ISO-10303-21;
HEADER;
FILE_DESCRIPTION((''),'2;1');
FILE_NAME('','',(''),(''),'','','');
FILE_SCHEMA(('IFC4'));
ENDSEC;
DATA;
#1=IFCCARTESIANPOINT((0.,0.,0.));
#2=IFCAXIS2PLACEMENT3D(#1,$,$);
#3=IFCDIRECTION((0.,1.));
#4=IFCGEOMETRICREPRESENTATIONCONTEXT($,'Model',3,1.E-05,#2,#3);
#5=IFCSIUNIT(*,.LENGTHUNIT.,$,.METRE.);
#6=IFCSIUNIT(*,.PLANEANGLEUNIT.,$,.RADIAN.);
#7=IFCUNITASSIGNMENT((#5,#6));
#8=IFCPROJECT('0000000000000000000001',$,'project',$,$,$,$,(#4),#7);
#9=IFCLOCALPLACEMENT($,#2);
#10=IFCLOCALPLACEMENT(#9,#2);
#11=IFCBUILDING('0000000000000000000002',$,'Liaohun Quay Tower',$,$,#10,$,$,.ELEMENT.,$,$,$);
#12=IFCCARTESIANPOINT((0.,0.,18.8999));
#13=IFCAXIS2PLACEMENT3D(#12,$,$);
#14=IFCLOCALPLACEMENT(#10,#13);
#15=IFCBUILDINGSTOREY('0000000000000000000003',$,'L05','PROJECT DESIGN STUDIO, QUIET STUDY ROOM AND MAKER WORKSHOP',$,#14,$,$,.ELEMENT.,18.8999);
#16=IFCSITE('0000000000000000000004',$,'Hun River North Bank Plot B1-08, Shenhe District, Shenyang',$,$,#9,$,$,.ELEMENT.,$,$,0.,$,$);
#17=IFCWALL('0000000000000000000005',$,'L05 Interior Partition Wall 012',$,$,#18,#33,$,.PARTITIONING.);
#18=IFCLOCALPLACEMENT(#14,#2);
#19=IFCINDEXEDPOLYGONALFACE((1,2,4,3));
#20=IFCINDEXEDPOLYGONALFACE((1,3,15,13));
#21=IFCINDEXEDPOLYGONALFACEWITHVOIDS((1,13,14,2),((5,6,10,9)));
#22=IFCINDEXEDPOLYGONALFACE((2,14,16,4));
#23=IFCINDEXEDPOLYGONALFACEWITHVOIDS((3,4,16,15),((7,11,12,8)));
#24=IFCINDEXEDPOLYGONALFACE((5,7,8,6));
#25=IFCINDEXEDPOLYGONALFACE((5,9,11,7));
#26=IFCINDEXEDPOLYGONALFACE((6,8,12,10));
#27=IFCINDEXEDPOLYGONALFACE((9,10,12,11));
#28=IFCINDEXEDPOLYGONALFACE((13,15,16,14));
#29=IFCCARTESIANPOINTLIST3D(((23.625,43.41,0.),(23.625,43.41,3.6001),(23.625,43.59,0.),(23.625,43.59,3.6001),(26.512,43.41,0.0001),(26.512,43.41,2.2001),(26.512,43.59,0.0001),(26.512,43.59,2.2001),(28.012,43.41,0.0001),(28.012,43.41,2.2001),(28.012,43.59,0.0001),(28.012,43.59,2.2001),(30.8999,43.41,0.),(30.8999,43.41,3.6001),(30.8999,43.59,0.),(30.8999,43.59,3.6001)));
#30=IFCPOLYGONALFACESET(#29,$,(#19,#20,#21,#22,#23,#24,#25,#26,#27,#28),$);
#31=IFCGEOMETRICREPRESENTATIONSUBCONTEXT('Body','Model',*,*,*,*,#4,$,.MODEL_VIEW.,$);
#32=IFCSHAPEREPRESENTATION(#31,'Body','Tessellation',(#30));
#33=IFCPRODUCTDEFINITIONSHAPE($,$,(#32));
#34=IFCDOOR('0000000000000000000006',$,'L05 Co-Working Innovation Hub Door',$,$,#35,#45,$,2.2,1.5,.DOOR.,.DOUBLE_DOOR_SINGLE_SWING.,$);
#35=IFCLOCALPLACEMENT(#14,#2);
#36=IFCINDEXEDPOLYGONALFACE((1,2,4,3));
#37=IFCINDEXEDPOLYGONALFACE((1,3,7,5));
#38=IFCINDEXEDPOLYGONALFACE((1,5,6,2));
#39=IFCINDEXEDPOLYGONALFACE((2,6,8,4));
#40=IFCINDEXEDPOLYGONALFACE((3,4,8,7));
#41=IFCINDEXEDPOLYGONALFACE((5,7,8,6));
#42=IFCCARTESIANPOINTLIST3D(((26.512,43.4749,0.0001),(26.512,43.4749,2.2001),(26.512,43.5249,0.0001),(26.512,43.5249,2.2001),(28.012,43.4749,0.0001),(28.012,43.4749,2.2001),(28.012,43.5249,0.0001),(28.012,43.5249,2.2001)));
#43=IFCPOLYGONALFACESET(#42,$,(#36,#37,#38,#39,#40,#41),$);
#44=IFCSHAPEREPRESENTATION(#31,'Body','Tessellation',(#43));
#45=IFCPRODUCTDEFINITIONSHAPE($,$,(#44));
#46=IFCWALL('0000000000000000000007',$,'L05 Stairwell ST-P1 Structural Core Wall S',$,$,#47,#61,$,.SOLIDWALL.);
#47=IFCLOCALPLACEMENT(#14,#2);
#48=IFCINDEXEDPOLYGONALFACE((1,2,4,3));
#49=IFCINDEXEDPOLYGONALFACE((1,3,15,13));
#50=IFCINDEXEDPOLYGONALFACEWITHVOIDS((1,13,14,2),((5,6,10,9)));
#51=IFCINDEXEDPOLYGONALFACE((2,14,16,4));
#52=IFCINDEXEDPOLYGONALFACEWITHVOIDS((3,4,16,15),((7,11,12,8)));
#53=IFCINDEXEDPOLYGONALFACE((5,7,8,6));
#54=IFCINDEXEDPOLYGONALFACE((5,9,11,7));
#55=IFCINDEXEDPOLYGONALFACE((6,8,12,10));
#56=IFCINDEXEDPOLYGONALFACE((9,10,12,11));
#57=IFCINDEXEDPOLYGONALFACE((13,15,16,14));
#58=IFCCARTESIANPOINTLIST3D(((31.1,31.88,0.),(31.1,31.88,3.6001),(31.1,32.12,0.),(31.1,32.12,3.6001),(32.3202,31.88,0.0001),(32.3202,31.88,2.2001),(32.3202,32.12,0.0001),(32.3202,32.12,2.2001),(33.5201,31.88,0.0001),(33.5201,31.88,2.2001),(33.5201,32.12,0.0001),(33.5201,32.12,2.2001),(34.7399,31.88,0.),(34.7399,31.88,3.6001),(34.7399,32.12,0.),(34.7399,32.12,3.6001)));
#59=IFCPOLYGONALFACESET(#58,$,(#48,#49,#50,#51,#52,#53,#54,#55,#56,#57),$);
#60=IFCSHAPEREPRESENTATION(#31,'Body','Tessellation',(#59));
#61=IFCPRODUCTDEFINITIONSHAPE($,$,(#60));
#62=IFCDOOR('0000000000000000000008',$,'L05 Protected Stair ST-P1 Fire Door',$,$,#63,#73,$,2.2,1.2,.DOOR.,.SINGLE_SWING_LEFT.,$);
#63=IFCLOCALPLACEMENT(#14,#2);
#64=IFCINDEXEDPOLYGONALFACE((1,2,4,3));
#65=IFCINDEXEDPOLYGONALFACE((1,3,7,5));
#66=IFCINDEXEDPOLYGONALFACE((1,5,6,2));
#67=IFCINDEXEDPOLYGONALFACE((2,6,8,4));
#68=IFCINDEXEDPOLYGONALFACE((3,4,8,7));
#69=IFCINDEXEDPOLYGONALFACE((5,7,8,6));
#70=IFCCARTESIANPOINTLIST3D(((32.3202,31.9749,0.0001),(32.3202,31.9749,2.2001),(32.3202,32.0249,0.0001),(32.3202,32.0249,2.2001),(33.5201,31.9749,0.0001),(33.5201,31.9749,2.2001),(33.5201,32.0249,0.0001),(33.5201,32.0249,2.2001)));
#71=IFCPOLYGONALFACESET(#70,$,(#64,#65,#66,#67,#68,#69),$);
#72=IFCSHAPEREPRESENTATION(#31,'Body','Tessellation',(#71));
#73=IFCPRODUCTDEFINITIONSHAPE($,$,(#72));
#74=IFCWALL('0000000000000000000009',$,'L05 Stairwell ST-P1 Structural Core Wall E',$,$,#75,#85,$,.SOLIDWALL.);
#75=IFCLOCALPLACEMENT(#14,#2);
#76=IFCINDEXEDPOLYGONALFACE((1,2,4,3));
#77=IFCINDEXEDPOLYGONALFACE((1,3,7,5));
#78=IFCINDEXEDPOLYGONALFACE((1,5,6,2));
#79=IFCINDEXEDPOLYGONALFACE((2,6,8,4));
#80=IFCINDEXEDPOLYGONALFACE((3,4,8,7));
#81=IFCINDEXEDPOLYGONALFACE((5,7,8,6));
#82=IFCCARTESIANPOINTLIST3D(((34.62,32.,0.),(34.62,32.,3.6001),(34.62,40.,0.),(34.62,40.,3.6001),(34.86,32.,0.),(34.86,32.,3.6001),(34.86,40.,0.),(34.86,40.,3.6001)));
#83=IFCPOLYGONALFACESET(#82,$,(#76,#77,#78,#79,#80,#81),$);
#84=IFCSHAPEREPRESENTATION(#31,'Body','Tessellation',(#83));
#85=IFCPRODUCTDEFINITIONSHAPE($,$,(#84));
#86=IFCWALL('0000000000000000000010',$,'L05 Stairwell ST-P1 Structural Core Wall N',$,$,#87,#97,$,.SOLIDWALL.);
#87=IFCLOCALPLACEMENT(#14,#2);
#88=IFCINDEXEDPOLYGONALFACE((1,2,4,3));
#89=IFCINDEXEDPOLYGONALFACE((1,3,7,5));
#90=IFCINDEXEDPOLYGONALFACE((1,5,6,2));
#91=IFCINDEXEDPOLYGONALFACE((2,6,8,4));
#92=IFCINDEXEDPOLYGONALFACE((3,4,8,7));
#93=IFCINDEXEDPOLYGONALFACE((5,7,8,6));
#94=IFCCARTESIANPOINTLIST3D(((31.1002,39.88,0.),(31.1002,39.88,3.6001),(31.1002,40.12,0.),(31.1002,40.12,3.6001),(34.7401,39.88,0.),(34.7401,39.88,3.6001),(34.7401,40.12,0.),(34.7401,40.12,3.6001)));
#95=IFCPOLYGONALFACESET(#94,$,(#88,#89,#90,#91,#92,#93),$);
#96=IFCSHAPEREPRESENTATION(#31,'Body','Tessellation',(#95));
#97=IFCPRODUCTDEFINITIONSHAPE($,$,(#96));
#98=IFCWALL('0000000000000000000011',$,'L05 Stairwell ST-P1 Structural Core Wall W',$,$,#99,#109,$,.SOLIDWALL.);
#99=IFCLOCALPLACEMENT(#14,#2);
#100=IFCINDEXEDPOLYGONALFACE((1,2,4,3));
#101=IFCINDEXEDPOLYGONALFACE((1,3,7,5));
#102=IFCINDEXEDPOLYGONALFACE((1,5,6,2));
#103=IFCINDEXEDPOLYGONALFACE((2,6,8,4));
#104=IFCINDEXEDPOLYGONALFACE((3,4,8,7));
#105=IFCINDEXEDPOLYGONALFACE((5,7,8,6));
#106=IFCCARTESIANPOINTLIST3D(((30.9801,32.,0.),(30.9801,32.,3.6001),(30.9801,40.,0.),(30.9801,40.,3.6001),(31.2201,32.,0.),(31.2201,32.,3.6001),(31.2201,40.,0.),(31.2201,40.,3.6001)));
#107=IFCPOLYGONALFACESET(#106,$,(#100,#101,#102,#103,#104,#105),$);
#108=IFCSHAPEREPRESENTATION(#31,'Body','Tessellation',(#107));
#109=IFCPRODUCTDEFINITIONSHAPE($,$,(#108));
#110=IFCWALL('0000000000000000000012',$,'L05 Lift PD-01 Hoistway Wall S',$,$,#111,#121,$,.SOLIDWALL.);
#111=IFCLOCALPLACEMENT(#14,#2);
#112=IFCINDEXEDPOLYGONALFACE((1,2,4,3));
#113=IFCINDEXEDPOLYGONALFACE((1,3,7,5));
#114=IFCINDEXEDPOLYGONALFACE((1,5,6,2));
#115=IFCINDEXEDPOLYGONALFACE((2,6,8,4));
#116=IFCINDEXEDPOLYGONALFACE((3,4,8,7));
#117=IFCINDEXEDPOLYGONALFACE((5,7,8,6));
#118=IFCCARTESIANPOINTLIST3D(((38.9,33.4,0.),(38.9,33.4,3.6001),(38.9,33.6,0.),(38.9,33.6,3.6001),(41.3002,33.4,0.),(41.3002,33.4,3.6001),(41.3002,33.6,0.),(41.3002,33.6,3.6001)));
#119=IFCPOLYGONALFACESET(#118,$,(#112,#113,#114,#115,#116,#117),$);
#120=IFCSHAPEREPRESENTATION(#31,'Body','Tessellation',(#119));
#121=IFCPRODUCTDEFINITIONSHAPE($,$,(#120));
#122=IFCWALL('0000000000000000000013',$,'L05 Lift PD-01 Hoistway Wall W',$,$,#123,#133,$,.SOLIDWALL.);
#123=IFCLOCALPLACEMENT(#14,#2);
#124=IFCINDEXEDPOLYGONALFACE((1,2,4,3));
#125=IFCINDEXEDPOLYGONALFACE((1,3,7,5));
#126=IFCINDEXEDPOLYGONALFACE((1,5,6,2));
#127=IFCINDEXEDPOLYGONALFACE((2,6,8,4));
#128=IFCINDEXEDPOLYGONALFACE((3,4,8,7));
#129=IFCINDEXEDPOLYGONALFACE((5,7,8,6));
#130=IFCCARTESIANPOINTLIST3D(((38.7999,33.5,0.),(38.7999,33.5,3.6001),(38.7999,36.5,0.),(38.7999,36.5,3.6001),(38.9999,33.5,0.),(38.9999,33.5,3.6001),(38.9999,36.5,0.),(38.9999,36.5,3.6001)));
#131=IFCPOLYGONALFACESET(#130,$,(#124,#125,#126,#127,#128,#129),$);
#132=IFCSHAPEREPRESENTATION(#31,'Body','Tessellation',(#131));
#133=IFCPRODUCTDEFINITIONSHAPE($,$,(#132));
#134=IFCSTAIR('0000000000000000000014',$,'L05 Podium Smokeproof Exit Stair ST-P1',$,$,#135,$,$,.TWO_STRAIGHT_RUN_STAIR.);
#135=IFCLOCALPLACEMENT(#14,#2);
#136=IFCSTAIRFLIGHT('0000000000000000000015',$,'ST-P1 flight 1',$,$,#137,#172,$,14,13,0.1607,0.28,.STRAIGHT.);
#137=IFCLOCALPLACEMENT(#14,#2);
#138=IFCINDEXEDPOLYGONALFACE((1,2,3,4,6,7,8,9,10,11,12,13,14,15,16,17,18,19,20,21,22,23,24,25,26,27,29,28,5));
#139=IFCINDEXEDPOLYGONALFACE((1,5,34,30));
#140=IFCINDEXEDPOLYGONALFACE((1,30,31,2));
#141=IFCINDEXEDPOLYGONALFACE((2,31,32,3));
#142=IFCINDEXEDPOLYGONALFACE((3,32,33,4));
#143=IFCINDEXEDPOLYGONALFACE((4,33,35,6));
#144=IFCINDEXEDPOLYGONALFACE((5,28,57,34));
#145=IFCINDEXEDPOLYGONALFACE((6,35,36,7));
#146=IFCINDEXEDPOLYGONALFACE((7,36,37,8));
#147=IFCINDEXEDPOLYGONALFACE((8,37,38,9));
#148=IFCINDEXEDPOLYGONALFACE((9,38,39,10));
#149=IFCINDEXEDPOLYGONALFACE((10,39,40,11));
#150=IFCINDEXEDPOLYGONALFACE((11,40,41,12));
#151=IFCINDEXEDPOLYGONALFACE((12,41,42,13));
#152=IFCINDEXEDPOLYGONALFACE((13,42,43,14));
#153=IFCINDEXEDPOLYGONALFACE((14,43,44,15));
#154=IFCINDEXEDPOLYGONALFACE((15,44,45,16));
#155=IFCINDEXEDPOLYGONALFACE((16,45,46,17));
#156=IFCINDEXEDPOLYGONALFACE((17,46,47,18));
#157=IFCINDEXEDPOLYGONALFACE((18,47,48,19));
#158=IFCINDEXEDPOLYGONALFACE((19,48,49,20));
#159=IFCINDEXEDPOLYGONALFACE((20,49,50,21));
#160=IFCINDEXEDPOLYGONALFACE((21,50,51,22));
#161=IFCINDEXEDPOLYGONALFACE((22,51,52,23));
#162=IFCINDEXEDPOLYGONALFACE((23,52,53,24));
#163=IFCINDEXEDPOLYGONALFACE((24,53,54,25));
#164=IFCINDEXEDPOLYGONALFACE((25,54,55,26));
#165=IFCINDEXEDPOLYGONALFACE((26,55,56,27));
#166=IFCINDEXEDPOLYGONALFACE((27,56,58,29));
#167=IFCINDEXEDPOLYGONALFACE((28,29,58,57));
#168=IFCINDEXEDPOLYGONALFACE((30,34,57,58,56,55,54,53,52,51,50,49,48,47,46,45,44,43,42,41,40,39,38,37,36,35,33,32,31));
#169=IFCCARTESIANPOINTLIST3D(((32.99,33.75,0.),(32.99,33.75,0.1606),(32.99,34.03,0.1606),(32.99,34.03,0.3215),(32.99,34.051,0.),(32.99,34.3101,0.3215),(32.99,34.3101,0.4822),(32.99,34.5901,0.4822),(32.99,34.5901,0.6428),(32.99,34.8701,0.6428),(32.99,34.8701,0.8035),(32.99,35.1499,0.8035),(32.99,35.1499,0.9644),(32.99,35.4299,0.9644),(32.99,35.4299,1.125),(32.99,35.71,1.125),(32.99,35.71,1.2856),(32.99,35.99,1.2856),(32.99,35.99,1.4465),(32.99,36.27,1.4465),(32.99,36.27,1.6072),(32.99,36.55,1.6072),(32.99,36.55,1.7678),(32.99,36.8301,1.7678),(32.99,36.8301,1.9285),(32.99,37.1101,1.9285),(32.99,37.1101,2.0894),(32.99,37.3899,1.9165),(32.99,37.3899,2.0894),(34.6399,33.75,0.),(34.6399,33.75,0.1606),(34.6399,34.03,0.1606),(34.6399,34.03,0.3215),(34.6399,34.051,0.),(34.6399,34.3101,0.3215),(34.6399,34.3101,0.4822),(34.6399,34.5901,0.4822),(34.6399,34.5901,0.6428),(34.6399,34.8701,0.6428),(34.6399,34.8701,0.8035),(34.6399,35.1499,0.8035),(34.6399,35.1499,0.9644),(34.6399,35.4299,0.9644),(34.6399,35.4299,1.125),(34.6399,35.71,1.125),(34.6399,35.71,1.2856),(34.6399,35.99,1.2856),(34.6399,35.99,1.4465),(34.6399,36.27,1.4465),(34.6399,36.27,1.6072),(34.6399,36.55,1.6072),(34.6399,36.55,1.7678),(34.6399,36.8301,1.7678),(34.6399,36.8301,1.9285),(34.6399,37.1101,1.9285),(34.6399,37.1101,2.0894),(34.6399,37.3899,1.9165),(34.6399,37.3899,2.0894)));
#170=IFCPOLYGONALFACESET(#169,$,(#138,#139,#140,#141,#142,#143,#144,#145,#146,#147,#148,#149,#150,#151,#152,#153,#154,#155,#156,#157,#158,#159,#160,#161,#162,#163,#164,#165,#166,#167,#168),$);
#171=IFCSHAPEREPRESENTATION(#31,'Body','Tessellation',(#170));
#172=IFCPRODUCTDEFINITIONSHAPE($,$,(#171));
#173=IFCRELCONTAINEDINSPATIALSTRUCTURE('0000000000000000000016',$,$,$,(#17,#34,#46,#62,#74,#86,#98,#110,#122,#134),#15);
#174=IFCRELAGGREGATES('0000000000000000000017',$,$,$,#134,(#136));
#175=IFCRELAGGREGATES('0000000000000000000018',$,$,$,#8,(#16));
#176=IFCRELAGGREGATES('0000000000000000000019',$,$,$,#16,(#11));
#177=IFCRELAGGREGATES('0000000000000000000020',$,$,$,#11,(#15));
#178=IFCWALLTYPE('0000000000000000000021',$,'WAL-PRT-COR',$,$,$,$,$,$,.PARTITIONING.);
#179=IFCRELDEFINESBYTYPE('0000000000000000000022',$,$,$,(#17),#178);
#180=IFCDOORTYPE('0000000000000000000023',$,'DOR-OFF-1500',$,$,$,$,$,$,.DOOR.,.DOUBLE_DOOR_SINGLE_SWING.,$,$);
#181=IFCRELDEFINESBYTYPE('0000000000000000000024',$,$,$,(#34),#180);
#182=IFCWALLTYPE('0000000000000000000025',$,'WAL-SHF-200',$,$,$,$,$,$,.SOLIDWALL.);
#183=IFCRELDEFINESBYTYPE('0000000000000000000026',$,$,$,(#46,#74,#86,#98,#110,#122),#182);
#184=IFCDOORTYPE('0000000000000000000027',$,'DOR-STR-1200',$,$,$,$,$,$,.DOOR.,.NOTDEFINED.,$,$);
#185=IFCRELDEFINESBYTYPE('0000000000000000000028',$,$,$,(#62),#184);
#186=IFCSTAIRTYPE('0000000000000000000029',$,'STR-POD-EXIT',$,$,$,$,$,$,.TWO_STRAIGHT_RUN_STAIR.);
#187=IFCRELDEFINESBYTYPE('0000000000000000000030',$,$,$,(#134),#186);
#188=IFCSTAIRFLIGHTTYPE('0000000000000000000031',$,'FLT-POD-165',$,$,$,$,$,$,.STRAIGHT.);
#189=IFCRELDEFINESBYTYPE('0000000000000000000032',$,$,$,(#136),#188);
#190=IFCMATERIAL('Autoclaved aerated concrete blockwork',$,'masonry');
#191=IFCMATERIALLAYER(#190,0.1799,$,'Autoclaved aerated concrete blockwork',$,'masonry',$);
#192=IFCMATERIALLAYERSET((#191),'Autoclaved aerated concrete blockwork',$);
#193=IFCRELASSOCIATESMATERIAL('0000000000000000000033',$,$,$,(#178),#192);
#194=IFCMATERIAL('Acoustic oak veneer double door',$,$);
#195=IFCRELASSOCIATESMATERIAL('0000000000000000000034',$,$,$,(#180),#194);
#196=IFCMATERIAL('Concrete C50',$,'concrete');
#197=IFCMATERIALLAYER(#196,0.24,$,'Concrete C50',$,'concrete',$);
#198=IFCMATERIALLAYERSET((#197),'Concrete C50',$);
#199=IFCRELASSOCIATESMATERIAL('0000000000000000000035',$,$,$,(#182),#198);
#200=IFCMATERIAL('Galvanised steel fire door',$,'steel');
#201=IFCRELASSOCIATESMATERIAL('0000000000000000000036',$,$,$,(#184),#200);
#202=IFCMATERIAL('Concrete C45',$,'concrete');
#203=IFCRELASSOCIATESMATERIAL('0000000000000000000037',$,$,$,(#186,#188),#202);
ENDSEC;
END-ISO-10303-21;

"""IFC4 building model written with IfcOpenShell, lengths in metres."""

from ifc_helpers import new_model, si_unit, direction, frame, frame_2d, origin, place, context, subcontext, project, spatial, polyline, rectangle, outline, extrude, source, transform, mapped, material, layer, layer_set, type_object, element, fill, aggregate, save


model = new_model("IFC4")

# Units and contexts
model_context = context("Model", 3, precision=1e-05, world=origin(), true_north=direction((0.0, 1.0)))
body_context = subcontext(model_context, "Body", "Model", "MODEL_VIEW")
ifc_project = project(units=[si_unit("LENGTHUNIT", "METRE"), si_unit("PLANEANGLEUNIT", "RADIAN")], contexts=[model_context])

# Site, building, storey
site_placement = place(None, origin())
site = spatial("IfcSite", under=ifc_project, at=site_placement, Name="Hun River North Bank Plot B1-08, Shenhe District, Shenyang", CompositionType="ELEMENT", RefElevation=0.0)
building_placement = place(site_placement, origin())
building = spatial("IfcBuilding", under=site, at=building_placement, Name="Liaohun Quay Tower", CompositionType="ELEMENT")
storey_placement = place(building_placement, frame((0.0, 0.0, 18.8999)))
storey = spatial("IfcBuildingStorey", under=building, at=storey_placement, Name="L05", Description="PROJECT DESIGN STUDIO, QUIET STUDY ROOM AND MAKER WORKSHOP", CompositionType="ELEMENT", Elevation=18.8999)

# Walls, openings, doors
ifc_material_1 = material(Name="Autoclaved aerated concrete blockwork", Category="masonry")
ifc_layer_1 = layer(ifc_material_1, 0.1799, Name="Autoclaved aerated concrete blockwork", Category="masonry")
ifc_layer_set_1 = layer_set([ifc_layer_1], Name="Autoclaved aerated concrete blockwork")
wall_type_1 = type_object("IfcWallType", Name="WAL-PRT-COR", PredefinedType="PARTITIONING", material=ifc_layer_set_1)
wall_1_placement = place(storey_placement, frame((23.625, 43.5, 0.0), z_axis=(0.0, 0.0, 1.0), x_axis=(1.0, 0.0, 0.0)))
wall_1 = element("IfcWall", 1, at=wall_1_placement, inside=storey, type_object=wall_type_1, Name="L05 Interior Partition Wall 012", PredefinedType="PARTITIONING", context=body_context, shape_type="SweptSolid", body=[
    extrude(rectangle(XDim=7.2749, YDim=0.1799, at=frame_2d((3.6375, 0.0))), origin(), (0.0, 0.0, 1.0), 3.6001),
])
shared_shape_1 = source(origin(), body_context, "Body", "SweptSolid", [
    extrude(rectangle(XDim=1.5, YDim=2.2, at=frame_2d((0.75, 1.1001))), frame((0.0, 0.0999, 0.0), z_axis=(0.0, -1.0, 0.0), x_axis=(1.0, 0.0, 0.0)), (0.0, 0.0, 1.0), 0.2),
])
opening_1_placement = place(wall_1_placement, frame((2.887, 0.0, 0.0)))
opening_1 = element("IfcOpeningElement", 2, at=opening_1_placement, cuts=wall_1, PredefinedType="OPENING", context=body_context, shape_type="MappedRepresentation", body=[
    mapped(shared_shape_1, transform((0.0, 0.0, 0.0), x_axis=(1.0, 0.0, 0.0), y_axis=(0.0, 1.0, 0.0), z_axis=(0.0, 0.0, 1.0), scale=1.0)),
])
ifc_material_2 = material(Name="Acoustic oak veneer double door")
door_type_1 = type_object("IfcDoorType", Name="DOR-OFF-1500", OperationType="DOUBLE_DOOR_SINGLE_SWING", PredefinedType="DOOR", material=ifc_material_2)
shared_shape_2 = source(origin(), body_context, "Body", "SweptSolid", [
    extrude(rectangle(XDim=1.5, YDim=2.2, at=frame_2d((0.75, 1.1001))), frame((0.0, 0.0249, 0.0), z_axis=(0.0, -1.0, 0.0), x_axis=(1.0, 0.0, 0.0)), (0.0, 0.0, 1.0), 0.05),
])
door_1_placement = place(opening_1_placement, origin())
door_1 = element("IfcDoor", 3, at=door_1_placement, inside=storey, type_object=door_type_1, Name="L05 Co-Working Innovation Hub Door", OperationType="DOUBLE_DOOR_SINGLE_SWING", OverallHeight=2.2, OverallWidth=1.5, PredefinedType="DOOR", context=body_context, shape_type="MappedRepresentation", body=[
    mapped(shared_shape_2, transform((0.0, 0.0, 0.0), x_axis=(1.0, 0.0, 0.0), y_axis=(0.0, 1.0, 0.0), z_axis=(0.0, 0.0, 1.0), scale=1.0)),
])
fill(opening_1, door_1)
ifc_material_3 = material(Name="Concrete C50", Category="concrete")
ifc_layer_2 = layer(ifc_material_3, 0.24, Name="Concrete C50", Category="concrete")
ifc_layer_set_2 = layer_set([ifc_layer_2], Name="Concrete C50")
wall_type_2 = type_object("IfcWallType", Name="WAL-SHF-200", PredefinedType="SOLIDWALL", material=ifc_layer_set_2)
wall_2_placement = place(storey_placement, frame((31.1001, 32.0, 0.0), z_axis=(0.0, 0.0, 1.0), x_axis=(1.0, 0.0, 0.0)))
wall_2 = element("IfcWall", 4, at=wall_2_placement, inside=storey, type_object=wall_type_2, Name="L05 Stairwell ST-P1 Structural Core Wall S", PredefinedType="SOLIDWALL", context=body_context, shape_type="SweptSolid", body=[
    extrude(rectangle(XDim=3.6399, YDim=0.24, at=frame_2d((1.8198, 0.0))), origin(), (0.0, 0.0, 1.0), 3.6001),
])
shared_shape_3 = source(origin(), body_context, "Body", "SweptSolid", [
    extrude(rectangle(XDim=1.2, YDim=2.2, at=frame_2d((0.6001, 1.1001))), frame((0.0, 0.1299, 0.0), z_axis=(0.0, -1.0, 0.0), x_axis=(1.0, 0.0, 0.0)), (0.0, 0.0, 1.0), 0.26),
])
opening_2_placement = place(wall_2_placement, frame((1.22, 0.0, 0.0)))
opening_2 = element("IfcOpeningElement", 5, at=opening_2_placement, cuts=wall_2, PredefinedType="OPENING", context=body_context, shape_type="MappedRepresentation", body=[
    mapped(shared_shape_3, transform((0.0, 0.0, 0.0), x_axis=(1.0, 0.0, 0.0), y_axis=(0.0, 1.0, 0.0), z_axis=(0.0, 0.0, 1.0), scale=1.0)),
])
ifc_material_4 = material(Name="Galvanised steel fire door", Category="steel")
door_type_2 = type_object("IfcDoorType", Name="DOR-STR-1200", OperationType="NOTDEFINED", PredefinedType="DOOR", material=ifc_material_4)
shared_shape_4 = source(origin(), body_context, "Body", "SweptSolid", [
    extrude(rectangle(XDim=1.2, YDim=2.2, at=frame_2d((0.6001, 1.1001))), frame((0.0, 0.0249, 0.0), z_axis=(0.0, -1.0, 0.0), x_axis=(1.0, 0.0, 0.0)), (0.0, 0.0, 1.0), 0.05),
])
door_2_placement = place(opening_2_placement, origin())
door_2 = element("IfcDoor", 6, at=door_2_placement, inside=storey, type_object=door_type_2, Name="L05 Protected Stair ST-P1 Fire Door", OperationType="SINGLE_SWING_LEFT", OverallHeight=2.2, OverallWidth=1.2, PredefinedType="DOOR", context=body_context, shape_type="MappedRepresentation", body=[
    mapped(shared_shape_4, transform((0.0, 0.0, 0.0), x_axis=(1.0, 0.0, 0.0), y_axis=(0.0, 1.0, 0.0), z_axis=(0.0, 0.0, 1.0), scale=1.0)),
])
fill(opening_2, door_2)

# Walls
wall_3_placement = place(storey_placement, frame((34.74, 32.0, 0.0), z_axis=(0.0, 0.0, 1.0), x_axis=(0.0, 1.0, 0.0)))
element("IfcWall", 7, at=wall_3_placement, inside=storey, type_object=wall_type_2, Name="L05 Stairwell ST-P1 Structural Core Wall E", PredefinedType="SOLIDWALL", context=body_context, shape_type="SweptSolid", body=[
    extrude(rectangle(XDim=8.0, YDim=0.24, at=frame_2d((4.0, 0.0))), origin(), (0.0, 0.0, 1.0), 3.6001),
])
wall_4_placement = place(storey_placement, frame((34.74, 40.0, 0.0), z_axis=(0.0, 0.0, 1.0), x_axis=(-1.0, 0.0, 0.0)))
element("IfcWall", 8, at=wall_4_placement, inside=storey, type_object=wall_type_2, Name="L05 Stairwell ST-P1 Structural Core Wall N", PredefinedType="SOLIDWALL", context=body_context, shape_type="SweptSolid", body=[
    extrude(rectangle(XDim=3.6399, YDim=0.24, at=frame_2d((1.8198, 0.0))), origin(), (0.0, 0.0, 1.0), 3.6001),
])
wall_5_placement = place(storey_placement, frame((31.1001, 40.0, 0.0), z_axis=(0.0, 0.0, 1.0), x_axis=(0.0, -1.0, 0.0)))
element("IfcWall", 9, at=wall_5_placement, inside=storey, type_object=wall_type_2, Name="L05 Stairwell ST-P1 Structural Core Wall W", PredefinedType="SOLIDWALL", context=body_context, shape_type="SweptSolid", body=[
    extrude(rectangle(XDim=8.0, YDim=0.24, at=frame_2d((4.0, 0.0))), origin(), (0.0, 0.0, 1.0), 3.6001),
])
wall_6_placement = place(storey_placement, frame((38.8999, 33.5, 0.0), z_axis=(0.0, 0.0, 1.0), x_axis=(1.0, 0.0, 0.0)))
element("IfcWall", 10, at=wall_6_placement, inside=storey, type_object=wall_type_2, Name="L05 Lift PD-01 Hoistway Wall S", PredefinedType="SOLIDWALL", context=body_context, shape_type="SweptSolid", body=[
    extrude(rectangle(XDim=2.4001, YDim=0.2, at=frame_2d((1.2002, 0.0))), origin(), (0.0, 0.0, 1.0), 3.6001),
])
wall_7_placement = place(storey_placement, frame((38.8999, 36.5, 0.0), z_axis=(0.0, 0.0, 1.0), x_axis=(0.0, -1.0, 0.0)))
element("IfcWall", 11, at=wall_7_placement, inside=storey, type_object=wall_type_2, Name="L05 Lift PD-01 Hoistway Wall W", PredefinedType="SOLIDWALL", context=body_context, shape_type="SweptSolid", body=[
    extrude(rectangle(XDim=3.0, YDim=0.2, at=frame_2d((1.5, 0.0))), origin(), (0.0, 0.0, 1.0), 3.6001),
])

# Stair, stair flight
ifc_material_5 = material(Name="Concrete C45", Category="concrete")
stair_type = type_object("IfcStairType", Name="STR-POD-EXIT", PredefinedType="TWO_STRAIGHT_RUN_STAIR", material=ifc_material_5)
stair_placement = place(storey_placement, origin())
stair = element("IfcStair", 12, at=stair_placement, inside=storey, type_object=stair_type, Name="L05 Podium Smokeproof Exit Stair ST-P1", PredefinedType="TWO_STRAIGHT_RUN_STAIR")
stair_flight_type = type_object("IfcStairFlightType", Name="FLT-POD-165", PredefinedType="STRAIGHT", material=ifc_material_5)
stair_flight_1_placement = place(storey_placement, frame((33.8149, 33.75, 0.0), z_axis=(0.0, 0.0, 1.0), x_axis=(0.0, 1.0, 0.0)))
stair_flight_1 = element("IfcStairFlight", 13, at=stair_flight_1_placement, type_object=stair_flight_type, Name="ST-P1 flight 1", NumberOfRisers=14, NumberOfTreads=13, PredefinedType="STRAIGHT", RiserHeight=0.1607, TreadLength=0.28, context=body_context, shape_type="SweptSolid", body=[
    extrude(outline(polyline([(0.0, 0.0), (0.0, 0.1606), (0.28, 0.1606), (0.28, 0.3215), (0.5601, 0.3215), (0.5601, 0.4822), (0.8401, 0.4822), (0.8401, 0.6428), (1.1201, 0.6428), (1.1201, 0.8035), (1.3999, 0.8035), (1.3999, 0.9644), (1.6799, 0.9644), (1.6799, 1.125), (1.96, 1.125), (1.96, 1.2856), (2.24, 1.2856), (2.24, 1.4465), (2.52, 1.4465), (2.52, 1.6072), (2.8, 1.6072), (2.8, 1.7678), (3.0801, 1.7678), (3.0801, 1.9285), (3.3601, 1.9285), (3.3601, 2.0894), (3.6399, 2.0894), (3.6399, 2.25), (3.6399, 1.9165), (0.301, 0.0), (0.0, 0.0)])), frame((0.0, 0.825, 0.0), z_axis=(0.0, -1.0, 0.0), x_axis=(1.0, 0.0, 0.0)), (0.0, 0.0, 1.0), 1.6499),
])
aggregate(stair, [stair_flight_1])

save(model, "model.ifc")
